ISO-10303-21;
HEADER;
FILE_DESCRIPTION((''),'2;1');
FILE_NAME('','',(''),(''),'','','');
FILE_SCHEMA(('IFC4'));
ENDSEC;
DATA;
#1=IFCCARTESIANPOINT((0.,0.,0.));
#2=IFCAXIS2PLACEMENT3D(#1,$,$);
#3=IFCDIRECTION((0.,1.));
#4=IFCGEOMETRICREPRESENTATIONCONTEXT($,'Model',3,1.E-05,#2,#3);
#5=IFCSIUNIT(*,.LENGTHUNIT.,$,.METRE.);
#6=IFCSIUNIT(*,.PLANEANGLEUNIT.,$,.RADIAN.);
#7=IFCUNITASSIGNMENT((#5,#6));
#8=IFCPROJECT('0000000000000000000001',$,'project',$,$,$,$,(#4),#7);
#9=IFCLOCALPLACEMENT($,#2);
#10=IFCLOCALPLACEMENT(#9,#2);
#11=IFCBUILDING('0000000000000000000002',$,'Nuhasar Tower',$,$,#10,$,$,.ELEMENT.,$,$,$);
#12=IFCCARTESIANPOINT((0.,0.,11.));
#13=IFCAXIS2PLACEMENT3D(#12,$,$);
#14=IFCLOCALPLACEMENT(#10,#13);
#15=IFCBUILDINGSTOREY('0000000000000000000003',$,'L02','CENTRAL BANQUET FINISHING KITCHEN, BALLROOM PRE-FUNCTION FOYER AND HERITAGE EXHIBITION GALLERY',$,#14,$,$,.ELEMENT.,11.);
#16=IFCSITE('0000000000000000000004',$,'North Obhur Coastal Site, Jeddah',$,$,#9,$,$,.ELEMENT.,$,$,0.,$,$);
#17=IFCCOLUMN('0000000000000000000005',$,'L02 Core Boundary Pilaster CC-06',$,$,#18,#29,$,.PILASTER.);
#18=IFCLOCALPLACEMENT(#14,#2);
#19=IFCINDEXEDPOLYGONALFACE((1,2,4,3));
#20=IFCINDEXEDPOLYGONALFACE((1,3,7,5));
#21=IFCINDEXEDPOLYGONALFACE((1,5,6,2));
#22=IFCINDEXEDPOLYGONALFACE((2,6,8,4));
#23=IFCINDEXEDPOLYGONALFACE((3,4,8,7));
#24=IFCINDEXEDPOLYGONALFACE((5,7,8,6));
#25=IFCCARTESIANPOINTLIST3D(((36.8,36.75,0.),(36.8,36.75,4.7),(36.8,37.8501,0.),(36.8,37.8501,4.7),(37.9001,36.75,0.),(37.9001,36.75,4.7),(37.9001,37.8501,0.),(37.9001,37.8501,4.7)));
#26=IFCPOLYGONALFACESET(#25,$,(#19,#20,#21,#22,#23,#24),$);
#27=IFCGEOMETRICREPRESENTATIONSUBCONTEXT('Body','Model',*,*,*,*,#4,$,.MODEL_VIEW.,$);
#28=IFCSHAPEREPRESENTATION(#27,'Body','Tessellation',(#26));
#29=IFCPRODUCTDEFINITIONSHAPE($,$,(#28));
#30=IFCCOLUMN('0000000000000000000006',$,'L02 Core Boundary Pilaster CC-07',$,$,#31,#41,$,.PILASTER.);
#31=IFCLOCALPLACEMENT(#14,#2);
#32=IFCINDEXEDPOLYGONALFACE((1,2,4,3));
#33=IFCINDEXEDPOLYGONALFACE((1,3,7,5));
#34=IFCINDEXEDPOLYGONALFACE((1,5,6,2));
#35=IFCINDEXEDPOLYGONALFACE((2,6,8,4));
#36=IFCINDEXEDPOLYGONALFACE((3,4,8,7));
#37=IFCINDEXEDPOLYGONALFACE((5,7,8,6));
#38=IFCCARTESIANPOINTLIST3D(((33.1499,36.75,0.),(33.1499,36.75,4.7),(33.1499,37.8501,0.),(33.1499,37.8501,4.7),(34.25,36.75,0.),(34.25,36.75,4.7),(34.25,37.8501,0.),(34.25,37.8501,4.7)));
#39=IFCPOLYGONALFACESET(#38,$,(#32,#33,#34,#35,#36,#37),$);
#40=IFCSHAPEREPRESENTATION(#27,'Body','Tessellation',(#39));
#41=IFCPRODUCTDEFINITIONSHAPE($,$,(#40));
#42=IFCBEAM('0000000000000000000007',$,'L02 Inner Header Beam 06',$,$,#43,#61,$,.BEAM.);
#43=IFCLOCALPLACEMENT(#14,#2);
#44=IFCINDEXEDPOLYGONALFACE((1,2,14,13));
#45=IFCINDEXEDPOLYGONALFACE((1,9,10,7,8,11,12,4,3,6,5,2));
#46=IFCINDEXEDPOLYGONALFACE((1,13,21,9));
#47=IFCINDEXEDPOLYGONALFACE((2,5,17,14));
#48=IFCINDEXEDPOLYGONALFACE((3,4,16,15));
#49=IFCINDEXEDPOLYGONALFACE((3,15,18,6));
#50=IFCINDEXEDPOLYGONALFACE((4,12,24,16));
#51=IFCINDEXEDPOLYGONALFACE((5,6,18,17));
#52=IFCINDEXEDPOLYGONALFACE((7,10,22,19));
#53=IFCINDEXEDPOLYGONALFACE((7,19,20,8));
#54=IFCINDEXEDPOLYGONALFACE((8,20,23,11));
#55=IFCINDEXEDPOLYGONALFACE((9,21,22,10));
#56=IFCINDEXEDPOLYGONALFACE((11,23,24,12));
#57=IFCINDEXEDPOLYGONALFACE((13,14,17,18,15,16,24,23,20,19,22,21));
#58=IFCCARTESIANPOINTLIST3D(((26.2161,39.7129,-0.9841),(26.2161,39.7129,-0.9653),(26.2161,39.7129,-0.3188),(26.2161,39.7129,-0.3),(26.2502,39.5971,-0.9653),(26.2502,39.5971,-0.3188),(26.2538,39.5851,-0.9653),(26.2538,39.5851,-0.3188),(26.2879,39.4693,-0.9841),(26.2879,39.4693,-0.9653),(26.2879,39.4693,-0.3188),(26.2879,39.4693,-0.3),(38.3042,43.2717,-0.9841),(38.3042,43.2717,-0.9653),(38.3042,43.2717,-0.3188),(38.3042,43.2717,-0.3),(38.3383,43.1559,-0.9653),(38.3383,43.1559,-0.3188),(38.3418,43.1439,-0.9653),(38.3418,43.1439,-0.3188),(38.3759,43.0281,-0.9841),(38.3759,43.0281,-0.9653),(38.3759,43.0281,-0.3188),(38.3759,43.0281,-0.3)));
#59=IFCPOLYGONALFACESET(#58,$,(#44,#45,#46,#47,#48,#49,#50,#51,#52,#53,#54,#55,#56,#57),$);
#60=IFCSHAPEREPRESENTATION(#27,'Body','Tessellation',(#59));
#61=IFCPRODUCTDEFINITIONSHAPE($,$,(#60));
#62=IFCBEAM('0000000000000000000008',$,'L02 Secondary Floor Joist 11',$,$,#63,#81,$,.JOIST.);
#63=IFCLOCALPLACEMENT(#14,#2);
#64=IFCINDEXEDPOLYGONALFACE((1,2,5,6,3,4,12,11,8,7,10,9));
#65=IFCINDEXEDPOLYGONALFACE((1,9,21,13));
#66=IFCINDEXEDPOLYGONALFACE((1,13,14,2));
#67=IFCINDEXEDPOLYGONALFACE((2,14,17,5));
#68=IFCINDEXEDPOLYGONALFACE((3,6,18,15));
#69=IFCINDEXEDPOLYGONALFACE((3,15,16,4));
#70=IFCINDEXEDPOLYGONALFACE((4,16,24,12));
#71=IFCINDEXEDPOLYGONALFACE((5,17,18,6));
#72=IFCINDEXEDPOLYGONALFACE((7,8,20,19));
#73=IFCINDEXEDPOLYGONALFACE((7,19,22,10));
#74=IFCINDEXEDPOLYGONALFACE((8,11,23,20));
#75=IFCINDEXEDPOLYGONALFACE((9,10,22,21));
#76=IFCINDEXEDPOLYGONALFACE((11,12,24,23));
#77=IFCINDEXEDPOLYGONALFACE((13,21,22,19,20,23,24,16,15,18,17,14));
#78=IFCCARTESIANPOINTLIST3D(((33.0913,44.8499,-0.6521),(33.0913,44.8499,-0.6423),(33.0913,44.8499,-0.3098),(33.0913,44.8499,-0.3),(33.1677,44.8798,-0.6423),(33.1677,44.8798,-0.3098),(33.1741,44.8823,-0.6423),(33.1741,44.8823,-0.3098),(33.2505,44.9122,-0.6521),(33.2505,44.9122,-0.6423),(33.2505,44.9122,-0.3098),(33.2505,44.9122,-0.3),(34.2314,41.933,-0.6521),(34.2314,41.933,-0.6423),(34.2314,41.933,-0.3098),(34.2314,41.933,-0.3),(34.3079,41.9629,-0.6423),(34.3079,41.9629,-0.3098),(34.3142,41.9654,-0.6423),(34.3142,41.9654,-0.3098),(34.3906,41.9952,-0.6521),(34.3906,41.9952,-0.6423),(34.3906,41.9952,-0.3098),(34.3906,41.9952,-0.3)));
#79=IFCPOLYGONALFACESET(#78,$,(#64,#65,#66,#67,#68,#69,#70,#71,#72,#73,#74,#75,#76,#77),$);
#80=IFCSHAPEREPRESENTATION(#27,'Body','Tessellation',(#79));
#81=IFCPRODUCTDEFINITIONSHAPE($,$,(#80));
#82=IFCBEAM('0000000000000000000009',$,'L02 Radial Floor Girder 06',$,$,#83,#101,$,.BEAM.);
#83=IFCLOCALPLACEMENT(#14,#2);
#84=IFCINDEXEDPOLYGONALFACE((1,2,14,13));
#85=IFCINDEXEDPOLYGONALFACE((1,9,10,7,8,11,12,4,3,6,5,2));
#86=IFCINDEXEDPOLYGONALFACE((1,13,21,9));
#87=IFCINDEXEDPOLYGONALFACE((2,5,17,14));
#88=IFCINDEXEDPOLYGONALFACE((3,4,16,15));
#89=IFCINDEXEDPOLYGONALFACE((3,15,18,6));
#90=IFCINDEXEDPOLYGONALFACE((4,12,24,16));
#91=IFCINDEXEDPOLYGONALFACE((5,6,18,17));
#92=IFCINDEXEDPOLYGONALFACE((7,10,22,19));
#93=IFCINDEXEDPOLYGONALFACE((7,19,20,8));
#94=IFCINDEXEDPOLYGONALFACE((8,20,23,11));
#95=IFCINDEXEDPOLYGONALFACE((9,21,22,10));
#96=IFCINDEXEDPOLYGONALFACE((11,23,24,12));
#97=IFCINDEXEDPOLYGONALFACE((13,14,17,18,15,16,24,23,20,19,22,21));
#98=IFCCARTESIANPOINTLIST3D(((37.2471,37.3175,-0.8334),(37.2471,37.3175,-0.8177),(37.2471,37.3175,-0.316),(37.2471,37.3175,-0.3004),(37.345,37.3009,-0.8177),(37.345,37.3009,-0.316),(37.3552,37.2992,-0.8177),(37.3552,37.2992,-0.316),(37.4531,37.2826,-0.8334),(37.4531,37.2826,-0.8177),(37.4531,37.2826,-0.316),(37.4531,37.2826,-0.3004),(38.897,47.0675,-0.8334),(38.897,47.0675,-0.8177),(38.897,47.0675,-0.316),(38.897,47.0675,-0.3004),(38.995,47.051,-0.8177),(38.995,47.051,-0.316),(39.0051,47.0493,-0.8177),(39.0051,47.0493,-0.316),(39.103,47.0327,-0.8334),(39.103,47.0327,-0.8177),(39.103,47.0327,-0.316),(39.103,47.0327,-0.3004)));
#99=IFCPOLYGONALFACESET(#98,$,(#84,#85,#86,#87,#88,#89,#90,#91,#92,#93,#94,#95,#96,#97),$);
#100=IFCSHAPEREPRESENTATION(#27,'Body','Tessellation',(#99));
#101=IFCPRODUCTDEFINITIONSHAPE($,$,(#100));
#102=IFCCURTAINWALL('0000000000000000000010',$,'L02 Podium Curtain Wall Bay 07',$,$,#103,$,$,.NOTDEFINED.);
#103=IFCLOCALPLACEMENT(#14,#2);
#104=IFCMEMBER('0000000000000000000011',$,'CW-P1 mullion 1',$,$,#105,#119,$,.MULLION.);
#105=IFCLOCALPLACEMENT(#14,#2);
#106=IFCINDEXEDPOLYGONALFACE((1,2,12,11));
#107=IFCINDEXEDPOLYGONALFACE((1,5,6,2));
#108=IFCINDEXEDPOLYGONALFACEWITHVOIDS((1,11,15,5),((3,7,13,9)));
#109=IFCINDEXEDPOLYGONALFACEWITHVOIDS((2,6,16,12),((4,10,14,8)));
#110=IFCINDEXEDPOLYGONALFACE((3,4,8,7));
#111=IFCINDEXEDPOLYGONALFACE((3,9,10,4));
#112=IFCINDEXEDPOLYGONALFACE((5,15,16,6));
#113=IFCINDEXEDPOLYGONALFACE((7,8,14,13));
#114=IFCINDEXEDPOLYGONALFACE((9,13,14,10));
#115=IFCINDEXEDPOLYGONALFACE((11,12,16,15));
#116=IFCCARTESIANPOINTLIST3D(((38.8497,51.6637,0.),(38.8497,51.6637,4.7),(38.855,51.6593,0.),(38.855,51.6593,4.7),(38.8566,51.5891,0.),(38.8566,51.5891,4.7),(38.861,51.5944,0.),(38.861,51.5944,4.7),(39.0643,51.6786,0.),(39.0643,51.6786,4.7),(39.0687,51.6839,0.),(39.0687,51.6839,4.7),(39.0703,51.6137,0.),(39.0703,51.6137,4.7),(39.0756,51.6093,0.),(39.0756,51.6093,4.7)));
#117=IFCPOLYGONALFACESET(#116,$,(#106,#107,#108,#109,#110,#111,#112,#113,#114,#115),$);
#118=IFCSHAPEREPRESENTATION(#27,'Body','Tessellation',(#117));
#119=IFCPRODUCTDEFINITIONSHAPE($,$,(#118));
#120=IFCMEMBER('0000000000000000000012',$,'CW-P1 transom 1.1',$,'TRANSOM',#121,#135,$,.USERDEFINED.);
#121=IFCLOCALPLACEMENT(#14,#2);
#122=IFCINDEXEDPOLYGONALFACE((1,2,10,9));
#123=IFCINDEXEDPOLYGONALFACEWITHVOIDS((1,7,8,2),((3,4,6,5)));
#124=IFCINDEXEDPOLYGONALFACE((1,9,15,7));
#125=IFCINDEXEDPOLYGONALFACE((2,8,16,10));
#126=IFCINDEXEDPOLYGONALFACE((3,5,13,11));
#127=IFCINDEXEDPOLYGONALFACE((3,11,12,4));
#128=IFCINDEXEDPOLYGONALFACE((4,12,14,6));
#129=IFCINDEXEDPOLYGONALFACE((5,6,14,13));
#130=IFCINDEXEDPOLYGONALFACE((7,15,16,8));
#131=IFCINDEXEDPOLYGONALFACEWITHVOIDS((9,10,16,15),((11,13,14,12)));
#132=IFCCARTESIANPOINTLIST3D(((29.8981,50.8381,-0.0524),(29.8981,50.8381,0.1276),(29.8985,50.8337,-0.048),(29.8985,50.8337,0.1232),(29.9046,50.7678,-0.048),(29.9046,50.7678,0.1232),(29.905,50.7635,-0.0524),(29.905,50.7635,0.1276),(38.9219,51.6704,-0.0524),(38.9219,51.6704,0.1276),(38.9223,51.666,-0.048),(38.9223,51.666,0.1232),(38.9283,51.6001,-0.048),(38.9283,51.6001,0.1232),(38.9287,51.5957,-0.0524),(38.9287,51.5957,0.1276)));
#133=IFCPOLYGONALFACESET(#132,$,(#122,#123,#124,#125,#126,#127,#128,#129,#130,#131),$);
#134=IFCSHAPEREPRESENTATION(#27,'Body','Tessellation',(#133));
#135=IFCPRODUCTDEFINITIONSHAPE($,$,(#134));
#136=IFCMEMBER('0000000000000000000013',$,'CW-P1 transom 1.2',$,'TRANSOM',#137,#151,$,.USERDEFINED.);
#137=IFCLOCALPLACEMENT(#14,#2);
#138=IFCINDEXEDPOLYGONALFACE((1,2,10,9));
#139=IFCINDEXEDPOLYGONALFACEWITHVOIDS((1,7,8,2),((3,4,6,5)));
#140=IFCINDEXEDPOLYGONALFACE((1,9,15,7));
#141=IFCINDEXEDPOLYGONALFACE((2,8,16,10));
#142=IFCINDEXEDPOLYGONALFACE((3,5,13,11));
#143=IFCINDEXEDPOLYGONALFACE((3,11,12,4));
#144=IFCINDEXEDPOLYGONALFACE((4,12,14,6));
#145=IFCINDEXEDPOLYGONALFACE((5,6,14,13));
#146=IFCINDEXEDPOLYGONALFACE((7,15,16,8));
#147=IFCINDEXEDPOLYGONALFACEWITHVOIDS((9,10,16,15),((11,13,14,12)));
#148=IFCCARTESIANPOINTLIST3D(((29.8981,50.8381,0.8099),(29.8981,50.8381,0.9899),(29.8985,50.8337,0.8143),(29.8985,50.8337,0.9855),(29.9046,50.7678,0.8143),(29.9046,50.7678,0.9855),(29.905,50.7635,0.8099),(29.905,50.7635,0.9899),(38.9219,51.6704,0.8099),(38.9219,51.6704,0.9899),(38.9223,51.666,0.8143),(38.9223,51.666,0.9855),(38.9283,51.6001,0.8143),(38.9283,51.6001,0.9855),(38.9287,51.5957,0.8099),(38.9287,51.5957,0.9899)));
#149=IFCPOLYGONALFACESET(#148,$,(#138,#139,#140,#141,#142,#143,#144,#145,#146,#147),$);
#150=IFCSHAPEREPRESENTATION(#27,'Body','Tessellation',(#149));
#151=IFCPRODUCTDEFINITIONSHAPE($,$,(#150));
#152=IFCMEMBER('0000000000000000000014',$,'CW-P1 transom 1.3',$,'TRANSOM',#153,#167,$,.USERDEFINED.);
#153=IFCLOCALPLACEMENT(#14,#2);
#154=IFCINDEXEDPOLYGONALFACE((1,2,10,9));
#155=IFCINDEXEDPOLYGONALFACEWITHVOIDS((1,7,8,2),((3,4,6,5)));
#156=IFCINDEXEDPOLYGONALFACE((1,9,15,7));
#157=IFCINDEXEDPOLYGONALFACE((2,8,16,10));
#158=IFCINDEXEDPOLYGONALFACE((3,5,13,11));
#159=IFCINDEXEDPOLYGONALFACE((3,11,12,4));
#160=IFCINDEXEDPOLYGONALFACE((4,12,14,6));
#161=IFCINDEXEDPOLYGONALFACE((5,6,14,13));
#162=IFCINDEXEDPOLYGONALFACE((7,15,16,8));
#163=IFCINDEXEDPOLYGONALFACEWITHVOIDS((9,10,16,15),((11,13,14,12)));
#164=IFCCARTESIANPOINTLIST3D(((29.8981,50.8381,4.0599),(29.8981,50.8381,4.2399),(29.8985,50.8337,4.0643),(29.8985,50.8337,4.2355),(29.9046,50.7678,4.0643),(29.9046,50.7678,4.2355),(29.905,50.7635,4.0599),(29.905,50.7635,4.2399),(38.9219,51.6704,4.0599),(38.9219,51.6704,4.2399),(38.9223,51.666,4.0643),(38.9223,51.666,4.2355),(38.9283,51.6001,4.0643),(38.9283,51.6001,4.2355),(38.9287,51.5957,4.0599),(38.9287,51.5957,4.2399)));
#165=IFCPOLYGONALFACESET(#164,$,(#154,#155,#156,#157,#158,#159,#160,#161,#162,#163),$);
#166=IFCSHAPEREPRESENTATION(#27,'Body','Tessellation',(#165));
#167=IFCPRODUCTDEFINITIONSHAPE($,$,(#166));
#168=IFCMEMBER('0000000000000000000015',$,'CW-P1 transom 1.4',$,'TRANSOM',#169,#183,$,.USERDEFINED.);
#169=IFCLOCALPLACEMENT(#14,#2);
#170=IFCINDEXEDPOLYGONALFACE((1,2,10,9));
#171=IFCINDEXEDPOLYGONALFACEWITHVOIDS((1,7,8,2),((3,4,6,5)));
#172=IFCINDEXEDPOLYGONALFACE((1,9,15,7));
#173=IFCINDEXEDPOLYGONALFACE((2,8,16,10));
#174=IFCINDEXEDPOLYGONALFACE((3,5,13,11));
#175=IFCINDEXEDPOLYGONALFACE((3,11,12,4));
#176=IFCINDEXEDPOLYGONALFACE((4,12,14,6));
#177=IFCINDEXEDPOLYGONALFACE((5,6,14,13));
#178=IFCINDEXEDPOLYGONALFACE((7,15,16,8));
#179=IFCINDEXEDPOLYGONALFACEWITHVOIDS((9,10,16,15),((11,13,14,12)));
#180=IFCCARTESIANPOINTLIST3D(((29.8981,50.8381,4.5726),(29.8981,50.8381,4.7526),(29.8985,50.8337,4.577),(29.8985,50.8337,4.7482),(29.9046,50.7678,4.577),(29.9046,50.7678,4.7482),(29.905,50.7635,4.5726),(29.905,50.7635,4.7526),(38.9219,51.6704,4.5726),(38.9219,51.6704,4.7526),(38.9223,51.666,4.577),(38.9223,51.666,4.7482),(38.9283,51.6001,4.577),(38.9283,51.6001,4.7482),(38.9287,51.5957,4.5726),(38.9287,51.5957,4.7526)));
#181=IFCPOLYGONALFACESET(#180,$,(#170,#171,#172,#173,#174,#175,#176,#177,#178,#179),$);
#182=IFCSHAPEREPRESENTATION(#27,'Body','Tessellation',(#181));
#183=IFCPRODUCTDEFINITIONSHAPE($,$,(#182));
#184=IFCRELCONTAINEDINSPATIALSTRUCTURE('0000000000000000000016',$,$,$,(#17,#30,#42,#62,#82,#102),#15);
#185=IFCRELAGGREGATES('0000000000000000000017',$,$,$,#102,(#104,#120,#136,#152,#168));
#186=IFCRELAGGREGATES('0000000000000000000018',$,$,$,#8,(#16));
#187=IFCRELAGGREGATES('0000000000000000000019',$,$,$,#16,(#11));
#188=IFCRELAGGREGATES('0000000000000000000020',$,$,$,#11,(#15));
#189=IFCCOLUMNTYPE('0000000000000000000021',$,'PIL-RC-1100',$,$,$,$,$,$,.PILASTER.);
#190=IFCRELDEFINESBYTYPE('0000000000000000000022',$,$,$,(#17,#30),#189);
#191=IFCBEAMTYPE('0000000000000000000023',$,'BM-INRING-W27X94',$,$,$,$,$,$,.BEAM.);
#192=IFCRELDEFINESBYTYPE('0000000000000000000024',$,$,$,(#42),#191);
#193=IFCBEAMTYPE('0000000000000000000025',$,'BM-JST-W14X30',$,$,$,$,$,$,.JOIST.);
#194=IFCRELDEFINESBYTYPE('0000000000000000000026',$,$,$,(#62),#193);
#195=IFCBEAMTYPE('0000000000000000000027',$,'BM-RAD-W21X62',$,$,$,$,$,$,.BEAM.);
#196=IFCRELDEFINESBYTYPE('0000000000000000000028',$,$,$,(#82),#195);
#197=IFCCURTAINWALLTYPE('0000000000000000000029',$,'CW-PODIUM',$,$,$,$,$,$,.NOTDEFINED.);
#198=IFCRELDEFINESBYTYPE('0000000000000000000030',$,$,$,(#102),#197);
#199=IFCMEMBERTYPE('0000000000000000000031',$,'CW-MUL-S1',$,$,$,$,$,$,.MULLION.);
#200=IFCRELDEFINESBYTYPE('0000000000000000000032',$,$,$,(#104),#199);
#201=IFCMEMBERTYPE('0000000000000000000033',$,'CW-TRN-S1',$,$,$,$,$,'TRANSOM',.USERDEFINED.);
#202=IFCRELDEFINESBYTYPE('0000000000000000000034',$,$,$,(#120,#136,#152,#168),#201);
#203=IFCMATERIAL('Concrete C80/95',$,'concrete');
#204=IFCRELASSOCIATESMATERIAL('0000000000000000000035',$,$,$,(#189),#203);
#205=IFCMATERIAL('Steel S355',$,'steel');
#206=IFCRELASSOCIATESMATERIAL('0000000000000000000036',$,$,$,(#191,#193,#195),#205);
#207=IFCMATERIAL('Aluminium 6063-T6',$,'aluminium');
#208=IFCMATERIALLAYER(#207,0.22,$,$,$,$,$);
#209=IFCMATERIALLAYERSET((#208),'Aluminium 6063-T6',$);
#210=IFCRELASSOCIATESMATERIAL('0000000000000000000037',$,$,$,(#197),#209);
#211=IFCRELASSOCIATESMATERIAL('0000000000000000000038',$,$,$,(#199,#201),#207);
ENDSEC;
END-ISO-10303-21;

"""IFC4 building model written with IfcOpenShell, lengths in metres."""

from ifc_helpers import new_model, si_unit, direction, frame, origin, origin_2d, place, context, subcontext, project, spatial, rectangle, hollow_rectangle, i_section, extrude, material, layer, layer_set, material_profile, profile_set, type_object, element, aggregate, save


model = new_model("IFC4")

# Units and contexts
model_context = context("Model", 3, precision=1e-05, world=origin(), true_north=direction((0.0, 1.0)))
body_context = subcontext(model_context, "Body", "Model", "MODEL_VIEW")
ifc_project = project(units=[si_unit("LENGTHUNIT", "METRE"), si_unit("PLANEANGLEUNIT", "RADIAN")], contexts=[model_context])

# Site, building, storey
site_placement = place(None, origin())
site = spatial("IfcSite", under=ifc_project, at=site_placement, Name="North Obhur Coastal Site, Jeddah", CompositionType="ELEMENT", RefElevation=0.0)
building_placement = place(site_placement, origin())
building = spatial("IfcBuilding", under=site, at=building_placement, Name="Nuhasar Tower", CompositionType="ELEMENT")
storey_placement = place(building_placement, frame((0.0, 0.0, 11.0)))
storey = spatial("IfcBuildingStorey", under=building, at=storey_placement, Name="L02", Description="CENTRAL BANQUET FINISHING KITCHEN, BALLROOM PRE-FUNCTION FOYER AND HERITAGE EXHIBITION GALLERY", CompositionType="ELEMENT", Elevation=11.0)

# Columns
ifc_material_1 = material(Name="Concrete C80/95", Category="concrete")
ifc_material_profile_1 = material_profile(ifc_material_1, rectangle(XDim=1.1001, YDim=1.1001, at=origin_2d()), Name="RC1100X1100")
ifc_profile_set_1 = profile_set([ifc_material_profile_1], Name="Concrete C80/95")
column_type = type_object("IfcColumnType", Name="PIL-RC-1100", PredefinedType="PILASTER", material=ifc_profile_set_1)
for number, where, z_axis, x_axis, name in (
    (1, (37.3501, 37.3, 0.0), (0.0, 0.0, 1.0), (1.0, 0.0, 0.0), "L02 Core Boundary Pilaster CC-06"),
    (2, (33.7, 37.3, 0.0), (0.0, 0.0, 1.0), (1.0, 0.0, 0.0), "L02 Core Boundary Pilaster CC-07"),
):
    element("IfcColumn", number, at=place(storey_placement, frame(where, z_axis=z_axis, x_axis=x_axis)), inside=storey, type_object=column_type, Name=name, PredefinedType="PILASTER", context=body_context, shape_type="SweptSolid", body=[
        extrude(rectangle(XDim=1.1001, YDim=1.1001, at=origin_2d()), origin(), (0.0, 0.0, 1.0), 4.7),
    ])

# Beams
ifc_material_2 = material(Name="Steel S355", Category="steel")
ifc_material_profile_2 = material_profile(ifc_material_2, i_section(OverallWidth=0.2539, OverallDepth=0.6841, WebThickness=0.0125, FlangeThickness=0.0188, at=origin_2d()), Name="W27X94")
ifc_profile_set_2 = profile_set([ifc_material_profile_2], Name="Steel S355")
beam_type_1 = type_object("IfcBeamType", Name="BM-INRING-W27X94", PredefinedType="BEAM", material=ifc_profile_set_2)
beam_1_placement = place(storey_placement, frame((38.3401, 43.1499, -0.6421), z_axis=(-0.95929, -0.282422, 0.0), x_axis=(0.282422, -0.95929, 0.0)))
element("IfcBeam", 3, at=beam_1_placement, inside=storey, type_object=beam_type_1, Name="L02 Inner Header Beam 06", PredefinedType="BEAM", context=body_context, shape_type="SweptSolid", body=[
    extrude(i_section(OverallWidth=0.2539, OverallDepth=0.6841, WebThickness=0.0125, FlangeThickness=0.0188, at=origin_2d()), origin(), (0.0, 0.0, 1.0), 12.6011),
])
ifc_material_profile_3 = material_profile(ifc_material_2, i_section(OverallWidth=0.1709, OverallDepth=0.3521, WebThickness=0.0068, FlangeThickness=0.0098, at=origin_2d()), Name="W14X30")
ifc_profile_set_3 = profile_set([ifc_material_profile_3], Name="Steel S355")
beam_type_2 = type_object("IfcBeamType", Name="BM-JST-W14X30", PredefinedType="JOIST", material=ifc_profile_set_3)
beam_2_placement = place(storey_placement, frame((34.311, 41.9641, -0.4761), z_axis=(-0.364041, 0.931383, 0.0), x_axis=(-0.931383, -0.364041, 0.0)))
element("IfcBeam", 4, at=beam_2_placement, inside=storey, type_object=beam_type_2, Name="L02 Secondary Floor Joist 11", PredefinedType="JOIST", context=body_context, shape_type="SweptSolid", body=[
    extrude(i_section(OverallWidth=0.1709, OverallDepth=0.3521, WebThickness=0.0068, FlangeThickness=0.0098, at=origin_2d()), origin(), (0.0, 0.0, 1.0), 3.1318),
])
ifc_material_profile_4 = material_profile(ifc_material_2, i_section(OverallWidth=0.209, OverallDepth=0.533, WebThickness=0.0103, FlangeThickness=0.0156, at=origin_2d()), Name="W21X62")
ifc_profile_set_4 = profile_set([ifc_material_profile_4], Name="Steel S355")
beam_type_3 = type_object("IfcBeamType", Name="BM-RAD-W21X62", PredefinedType="BEAM", material=ifc_profile_set_4)
beam_3_placement = place(storey_placement, frame((37.3501, 37.3, -0.5669), z_axis=(0.166849, 0.985983, 0.0), x_axis=(-0.985983, 0.166849, 0.0)))
element("IfcBeam", 5, at=beam_3_placement, inside=storey, type_object=beam_type_3, Name="L02 Radial Floor Girder 06", PredefinedType="BEAM", context=body_context, shape_type="SweptSolid", body=[
    extrude(i_section(OverallWidth=0.209, OverallDepth=0.533, WebThickness=0.0103, FlangeThickness=0.0156, at=origin_2d()), origin(), (0.0, 0.0, 1.0), 9.8887),
])

# Curtain wall, members
ifc_material_3 = material(Name="Aluminium 6063-T6", Category="aluminium")
ifc_layer_1 = layer(ifc_material_3, 0.22)
ifc_layer_set_1 = layer_set([ifc_layer_1], Name="Aluminium 6063-T6")
curtain_wall_type = type_object("IfcCurtainWallType", Name="CW-PODIUM", PredefinedType="NOTDEFINED", material=ifc_layer_set_1)
curtain_wall_placement = place(storey_placement, origin())
curtain_wall = element("IfcCurtainWall", 6, at=curtain_wall_placement, inside=storey, type_object=curtain_wall_type, Name="L02 Podium Curtain Wall Bay 07", PredefinedType="NOTDEFINED")
ifc_material_profile_5 = material_profile(ifc_material_3, hollow_rectangle(XDim=0.075, YDim=0.22, WallThickness=0.0049, at=origin_2d()), Name="CWM-1")
ifc_profile_set_5 = profile_set([ifc_material_profile_5], Name="Aluminium 6063-T6")
member_type_1 = type_object("IfcMemberType", Name="CW-MUL-S1", PredefinedType="MULLION", material=ifc_profile_set_5)
member_1_placement = place(storey_placement, frame((38.9626, 51.6365, 0.0), z_axis=(0.0, 0.0, 1.0), x_axis=(0.091837, -0.995774, 0.0)))
member_1 = element("IfcMember", 7, at=member_1_placement, type_object=member_type_1, Name="CW-P1 mullion 1", PredefinedType="MULLION", context=body_context, shape_type="SweptSolid", body=[
    extrude(hollow_rectangle(XDim=0.075, YDim=0.22, WallThickness=0.0049, at=origin_2d()), origin(), (0.0, 0.0, 1.0), 4.7),
])
ifc_material_profile_6 = material_profile(ifc_material_3, hollow_rectangle(XDim=0.075, YDim=0.1799, WallThickness=0.0044, at=origin_2d()), Name="CWT-1")
ifc_profile_set_6 = profile_set([ifc_material_profile_6], Name="Aluminium 6063-T6")
member_type_2 = type_object("IfcMemberType", Name="CW-TRN-S1", ElementType="TRANSOM", PredefinedType="USERDEFINED", material=ifc_profile_set_6)
member_2_placement = place(storey_placement, frame((38.9253, 51.6331, 0.0376), z_axis=(-0.995774, -0.091843, 0.0), x_axis=(0.091843, -0.995774, 0.0)))
member_2 = element("IfcMember", 8, at=member_2_placement, type_object=member_type_2, Name="CW-P1 transom 1.1", ObjectType="TRANSOM", PredefinedType="USERDEFINED", context=body_context, shape_type="SweptSolid", body=[
    extrude(hollow_rectangle(XDim=0.075, YDim=0.1799, WallThickness=0.0044, at=origin_2d()), origin(), (0.0, 0.0, 1.0), 9.062),
])
member_3_placement = place(storey_placement, frame((38.9253, 51.6331, 0.8999), z_axis=(-0.995774, -0.091843, 0.0), x_axis=(0.091843, -0.995774, 0.0)))
member_3 = element("IfcMember", 9, at=member_3_placement, type_object=member_type_2, Name="CW-P1 transom 1.2", ObjectType="TRANSOM", PredefinedType="USERDEFINED", context=body_context, shape_type="SweptSolid", body=[
    extrude(hollow_rectangle(XDim=0.075, YDim=0.1799, WallThickness=0.0044, at=origin_2d()), origin(), (0.0, 0.0, 1.0), 9.062),
])
member_4_placement = place(storey_placement, frame((38.9253, 51.6331, 4.1499), z_axis=(-0.995774, -0.091843, 0.0), x_axis=(0.091843, -0.995774, 0.0)))
member_4 = element("IfcMember", 10, at=member_4_placement, type_object=member_type_2, Name="CW-P1 transom 1.3", ObjectType="TRANSOM", PredefinedType="USERDEFINED", context=body_context, shape_type="SweptSolid", body=[
    extrude(hollow_rectangle(XDim=0.075, YDim=0.1799, WallThickness=0.0044, at=origin_2d()), origin(), (0.0, 0.0, 1.0), 9.062),
])
member_5_placement = place(storey_placement, frame((38.9253, 51.6331, 4.6626), z_axis=(-0.995774, -0.091843, 0.0), x_axis=(0.091843, -0.995774, 0.0)))
member_5 = element("IfcMember", 11, at=member_5_placement, type_object=member_type_2, Name="CW-P1 transom 1.4", ObjectType="TRANSOM", PredefinedType="USERDEFINED", context=body_context, shape_type="SweptSolid", body=[
    extrude(hollow_rectangle(XDim=0.075, YDim=0.1799, WallThickness=0.0044, at=origin_2d()), origin(), (0.0, 0.0, 1.0), 9.062),
])
aggregate(curtain_wall, [member_1, member_2, member_3, member_4, member_5])

save(model, "model.ifc")
